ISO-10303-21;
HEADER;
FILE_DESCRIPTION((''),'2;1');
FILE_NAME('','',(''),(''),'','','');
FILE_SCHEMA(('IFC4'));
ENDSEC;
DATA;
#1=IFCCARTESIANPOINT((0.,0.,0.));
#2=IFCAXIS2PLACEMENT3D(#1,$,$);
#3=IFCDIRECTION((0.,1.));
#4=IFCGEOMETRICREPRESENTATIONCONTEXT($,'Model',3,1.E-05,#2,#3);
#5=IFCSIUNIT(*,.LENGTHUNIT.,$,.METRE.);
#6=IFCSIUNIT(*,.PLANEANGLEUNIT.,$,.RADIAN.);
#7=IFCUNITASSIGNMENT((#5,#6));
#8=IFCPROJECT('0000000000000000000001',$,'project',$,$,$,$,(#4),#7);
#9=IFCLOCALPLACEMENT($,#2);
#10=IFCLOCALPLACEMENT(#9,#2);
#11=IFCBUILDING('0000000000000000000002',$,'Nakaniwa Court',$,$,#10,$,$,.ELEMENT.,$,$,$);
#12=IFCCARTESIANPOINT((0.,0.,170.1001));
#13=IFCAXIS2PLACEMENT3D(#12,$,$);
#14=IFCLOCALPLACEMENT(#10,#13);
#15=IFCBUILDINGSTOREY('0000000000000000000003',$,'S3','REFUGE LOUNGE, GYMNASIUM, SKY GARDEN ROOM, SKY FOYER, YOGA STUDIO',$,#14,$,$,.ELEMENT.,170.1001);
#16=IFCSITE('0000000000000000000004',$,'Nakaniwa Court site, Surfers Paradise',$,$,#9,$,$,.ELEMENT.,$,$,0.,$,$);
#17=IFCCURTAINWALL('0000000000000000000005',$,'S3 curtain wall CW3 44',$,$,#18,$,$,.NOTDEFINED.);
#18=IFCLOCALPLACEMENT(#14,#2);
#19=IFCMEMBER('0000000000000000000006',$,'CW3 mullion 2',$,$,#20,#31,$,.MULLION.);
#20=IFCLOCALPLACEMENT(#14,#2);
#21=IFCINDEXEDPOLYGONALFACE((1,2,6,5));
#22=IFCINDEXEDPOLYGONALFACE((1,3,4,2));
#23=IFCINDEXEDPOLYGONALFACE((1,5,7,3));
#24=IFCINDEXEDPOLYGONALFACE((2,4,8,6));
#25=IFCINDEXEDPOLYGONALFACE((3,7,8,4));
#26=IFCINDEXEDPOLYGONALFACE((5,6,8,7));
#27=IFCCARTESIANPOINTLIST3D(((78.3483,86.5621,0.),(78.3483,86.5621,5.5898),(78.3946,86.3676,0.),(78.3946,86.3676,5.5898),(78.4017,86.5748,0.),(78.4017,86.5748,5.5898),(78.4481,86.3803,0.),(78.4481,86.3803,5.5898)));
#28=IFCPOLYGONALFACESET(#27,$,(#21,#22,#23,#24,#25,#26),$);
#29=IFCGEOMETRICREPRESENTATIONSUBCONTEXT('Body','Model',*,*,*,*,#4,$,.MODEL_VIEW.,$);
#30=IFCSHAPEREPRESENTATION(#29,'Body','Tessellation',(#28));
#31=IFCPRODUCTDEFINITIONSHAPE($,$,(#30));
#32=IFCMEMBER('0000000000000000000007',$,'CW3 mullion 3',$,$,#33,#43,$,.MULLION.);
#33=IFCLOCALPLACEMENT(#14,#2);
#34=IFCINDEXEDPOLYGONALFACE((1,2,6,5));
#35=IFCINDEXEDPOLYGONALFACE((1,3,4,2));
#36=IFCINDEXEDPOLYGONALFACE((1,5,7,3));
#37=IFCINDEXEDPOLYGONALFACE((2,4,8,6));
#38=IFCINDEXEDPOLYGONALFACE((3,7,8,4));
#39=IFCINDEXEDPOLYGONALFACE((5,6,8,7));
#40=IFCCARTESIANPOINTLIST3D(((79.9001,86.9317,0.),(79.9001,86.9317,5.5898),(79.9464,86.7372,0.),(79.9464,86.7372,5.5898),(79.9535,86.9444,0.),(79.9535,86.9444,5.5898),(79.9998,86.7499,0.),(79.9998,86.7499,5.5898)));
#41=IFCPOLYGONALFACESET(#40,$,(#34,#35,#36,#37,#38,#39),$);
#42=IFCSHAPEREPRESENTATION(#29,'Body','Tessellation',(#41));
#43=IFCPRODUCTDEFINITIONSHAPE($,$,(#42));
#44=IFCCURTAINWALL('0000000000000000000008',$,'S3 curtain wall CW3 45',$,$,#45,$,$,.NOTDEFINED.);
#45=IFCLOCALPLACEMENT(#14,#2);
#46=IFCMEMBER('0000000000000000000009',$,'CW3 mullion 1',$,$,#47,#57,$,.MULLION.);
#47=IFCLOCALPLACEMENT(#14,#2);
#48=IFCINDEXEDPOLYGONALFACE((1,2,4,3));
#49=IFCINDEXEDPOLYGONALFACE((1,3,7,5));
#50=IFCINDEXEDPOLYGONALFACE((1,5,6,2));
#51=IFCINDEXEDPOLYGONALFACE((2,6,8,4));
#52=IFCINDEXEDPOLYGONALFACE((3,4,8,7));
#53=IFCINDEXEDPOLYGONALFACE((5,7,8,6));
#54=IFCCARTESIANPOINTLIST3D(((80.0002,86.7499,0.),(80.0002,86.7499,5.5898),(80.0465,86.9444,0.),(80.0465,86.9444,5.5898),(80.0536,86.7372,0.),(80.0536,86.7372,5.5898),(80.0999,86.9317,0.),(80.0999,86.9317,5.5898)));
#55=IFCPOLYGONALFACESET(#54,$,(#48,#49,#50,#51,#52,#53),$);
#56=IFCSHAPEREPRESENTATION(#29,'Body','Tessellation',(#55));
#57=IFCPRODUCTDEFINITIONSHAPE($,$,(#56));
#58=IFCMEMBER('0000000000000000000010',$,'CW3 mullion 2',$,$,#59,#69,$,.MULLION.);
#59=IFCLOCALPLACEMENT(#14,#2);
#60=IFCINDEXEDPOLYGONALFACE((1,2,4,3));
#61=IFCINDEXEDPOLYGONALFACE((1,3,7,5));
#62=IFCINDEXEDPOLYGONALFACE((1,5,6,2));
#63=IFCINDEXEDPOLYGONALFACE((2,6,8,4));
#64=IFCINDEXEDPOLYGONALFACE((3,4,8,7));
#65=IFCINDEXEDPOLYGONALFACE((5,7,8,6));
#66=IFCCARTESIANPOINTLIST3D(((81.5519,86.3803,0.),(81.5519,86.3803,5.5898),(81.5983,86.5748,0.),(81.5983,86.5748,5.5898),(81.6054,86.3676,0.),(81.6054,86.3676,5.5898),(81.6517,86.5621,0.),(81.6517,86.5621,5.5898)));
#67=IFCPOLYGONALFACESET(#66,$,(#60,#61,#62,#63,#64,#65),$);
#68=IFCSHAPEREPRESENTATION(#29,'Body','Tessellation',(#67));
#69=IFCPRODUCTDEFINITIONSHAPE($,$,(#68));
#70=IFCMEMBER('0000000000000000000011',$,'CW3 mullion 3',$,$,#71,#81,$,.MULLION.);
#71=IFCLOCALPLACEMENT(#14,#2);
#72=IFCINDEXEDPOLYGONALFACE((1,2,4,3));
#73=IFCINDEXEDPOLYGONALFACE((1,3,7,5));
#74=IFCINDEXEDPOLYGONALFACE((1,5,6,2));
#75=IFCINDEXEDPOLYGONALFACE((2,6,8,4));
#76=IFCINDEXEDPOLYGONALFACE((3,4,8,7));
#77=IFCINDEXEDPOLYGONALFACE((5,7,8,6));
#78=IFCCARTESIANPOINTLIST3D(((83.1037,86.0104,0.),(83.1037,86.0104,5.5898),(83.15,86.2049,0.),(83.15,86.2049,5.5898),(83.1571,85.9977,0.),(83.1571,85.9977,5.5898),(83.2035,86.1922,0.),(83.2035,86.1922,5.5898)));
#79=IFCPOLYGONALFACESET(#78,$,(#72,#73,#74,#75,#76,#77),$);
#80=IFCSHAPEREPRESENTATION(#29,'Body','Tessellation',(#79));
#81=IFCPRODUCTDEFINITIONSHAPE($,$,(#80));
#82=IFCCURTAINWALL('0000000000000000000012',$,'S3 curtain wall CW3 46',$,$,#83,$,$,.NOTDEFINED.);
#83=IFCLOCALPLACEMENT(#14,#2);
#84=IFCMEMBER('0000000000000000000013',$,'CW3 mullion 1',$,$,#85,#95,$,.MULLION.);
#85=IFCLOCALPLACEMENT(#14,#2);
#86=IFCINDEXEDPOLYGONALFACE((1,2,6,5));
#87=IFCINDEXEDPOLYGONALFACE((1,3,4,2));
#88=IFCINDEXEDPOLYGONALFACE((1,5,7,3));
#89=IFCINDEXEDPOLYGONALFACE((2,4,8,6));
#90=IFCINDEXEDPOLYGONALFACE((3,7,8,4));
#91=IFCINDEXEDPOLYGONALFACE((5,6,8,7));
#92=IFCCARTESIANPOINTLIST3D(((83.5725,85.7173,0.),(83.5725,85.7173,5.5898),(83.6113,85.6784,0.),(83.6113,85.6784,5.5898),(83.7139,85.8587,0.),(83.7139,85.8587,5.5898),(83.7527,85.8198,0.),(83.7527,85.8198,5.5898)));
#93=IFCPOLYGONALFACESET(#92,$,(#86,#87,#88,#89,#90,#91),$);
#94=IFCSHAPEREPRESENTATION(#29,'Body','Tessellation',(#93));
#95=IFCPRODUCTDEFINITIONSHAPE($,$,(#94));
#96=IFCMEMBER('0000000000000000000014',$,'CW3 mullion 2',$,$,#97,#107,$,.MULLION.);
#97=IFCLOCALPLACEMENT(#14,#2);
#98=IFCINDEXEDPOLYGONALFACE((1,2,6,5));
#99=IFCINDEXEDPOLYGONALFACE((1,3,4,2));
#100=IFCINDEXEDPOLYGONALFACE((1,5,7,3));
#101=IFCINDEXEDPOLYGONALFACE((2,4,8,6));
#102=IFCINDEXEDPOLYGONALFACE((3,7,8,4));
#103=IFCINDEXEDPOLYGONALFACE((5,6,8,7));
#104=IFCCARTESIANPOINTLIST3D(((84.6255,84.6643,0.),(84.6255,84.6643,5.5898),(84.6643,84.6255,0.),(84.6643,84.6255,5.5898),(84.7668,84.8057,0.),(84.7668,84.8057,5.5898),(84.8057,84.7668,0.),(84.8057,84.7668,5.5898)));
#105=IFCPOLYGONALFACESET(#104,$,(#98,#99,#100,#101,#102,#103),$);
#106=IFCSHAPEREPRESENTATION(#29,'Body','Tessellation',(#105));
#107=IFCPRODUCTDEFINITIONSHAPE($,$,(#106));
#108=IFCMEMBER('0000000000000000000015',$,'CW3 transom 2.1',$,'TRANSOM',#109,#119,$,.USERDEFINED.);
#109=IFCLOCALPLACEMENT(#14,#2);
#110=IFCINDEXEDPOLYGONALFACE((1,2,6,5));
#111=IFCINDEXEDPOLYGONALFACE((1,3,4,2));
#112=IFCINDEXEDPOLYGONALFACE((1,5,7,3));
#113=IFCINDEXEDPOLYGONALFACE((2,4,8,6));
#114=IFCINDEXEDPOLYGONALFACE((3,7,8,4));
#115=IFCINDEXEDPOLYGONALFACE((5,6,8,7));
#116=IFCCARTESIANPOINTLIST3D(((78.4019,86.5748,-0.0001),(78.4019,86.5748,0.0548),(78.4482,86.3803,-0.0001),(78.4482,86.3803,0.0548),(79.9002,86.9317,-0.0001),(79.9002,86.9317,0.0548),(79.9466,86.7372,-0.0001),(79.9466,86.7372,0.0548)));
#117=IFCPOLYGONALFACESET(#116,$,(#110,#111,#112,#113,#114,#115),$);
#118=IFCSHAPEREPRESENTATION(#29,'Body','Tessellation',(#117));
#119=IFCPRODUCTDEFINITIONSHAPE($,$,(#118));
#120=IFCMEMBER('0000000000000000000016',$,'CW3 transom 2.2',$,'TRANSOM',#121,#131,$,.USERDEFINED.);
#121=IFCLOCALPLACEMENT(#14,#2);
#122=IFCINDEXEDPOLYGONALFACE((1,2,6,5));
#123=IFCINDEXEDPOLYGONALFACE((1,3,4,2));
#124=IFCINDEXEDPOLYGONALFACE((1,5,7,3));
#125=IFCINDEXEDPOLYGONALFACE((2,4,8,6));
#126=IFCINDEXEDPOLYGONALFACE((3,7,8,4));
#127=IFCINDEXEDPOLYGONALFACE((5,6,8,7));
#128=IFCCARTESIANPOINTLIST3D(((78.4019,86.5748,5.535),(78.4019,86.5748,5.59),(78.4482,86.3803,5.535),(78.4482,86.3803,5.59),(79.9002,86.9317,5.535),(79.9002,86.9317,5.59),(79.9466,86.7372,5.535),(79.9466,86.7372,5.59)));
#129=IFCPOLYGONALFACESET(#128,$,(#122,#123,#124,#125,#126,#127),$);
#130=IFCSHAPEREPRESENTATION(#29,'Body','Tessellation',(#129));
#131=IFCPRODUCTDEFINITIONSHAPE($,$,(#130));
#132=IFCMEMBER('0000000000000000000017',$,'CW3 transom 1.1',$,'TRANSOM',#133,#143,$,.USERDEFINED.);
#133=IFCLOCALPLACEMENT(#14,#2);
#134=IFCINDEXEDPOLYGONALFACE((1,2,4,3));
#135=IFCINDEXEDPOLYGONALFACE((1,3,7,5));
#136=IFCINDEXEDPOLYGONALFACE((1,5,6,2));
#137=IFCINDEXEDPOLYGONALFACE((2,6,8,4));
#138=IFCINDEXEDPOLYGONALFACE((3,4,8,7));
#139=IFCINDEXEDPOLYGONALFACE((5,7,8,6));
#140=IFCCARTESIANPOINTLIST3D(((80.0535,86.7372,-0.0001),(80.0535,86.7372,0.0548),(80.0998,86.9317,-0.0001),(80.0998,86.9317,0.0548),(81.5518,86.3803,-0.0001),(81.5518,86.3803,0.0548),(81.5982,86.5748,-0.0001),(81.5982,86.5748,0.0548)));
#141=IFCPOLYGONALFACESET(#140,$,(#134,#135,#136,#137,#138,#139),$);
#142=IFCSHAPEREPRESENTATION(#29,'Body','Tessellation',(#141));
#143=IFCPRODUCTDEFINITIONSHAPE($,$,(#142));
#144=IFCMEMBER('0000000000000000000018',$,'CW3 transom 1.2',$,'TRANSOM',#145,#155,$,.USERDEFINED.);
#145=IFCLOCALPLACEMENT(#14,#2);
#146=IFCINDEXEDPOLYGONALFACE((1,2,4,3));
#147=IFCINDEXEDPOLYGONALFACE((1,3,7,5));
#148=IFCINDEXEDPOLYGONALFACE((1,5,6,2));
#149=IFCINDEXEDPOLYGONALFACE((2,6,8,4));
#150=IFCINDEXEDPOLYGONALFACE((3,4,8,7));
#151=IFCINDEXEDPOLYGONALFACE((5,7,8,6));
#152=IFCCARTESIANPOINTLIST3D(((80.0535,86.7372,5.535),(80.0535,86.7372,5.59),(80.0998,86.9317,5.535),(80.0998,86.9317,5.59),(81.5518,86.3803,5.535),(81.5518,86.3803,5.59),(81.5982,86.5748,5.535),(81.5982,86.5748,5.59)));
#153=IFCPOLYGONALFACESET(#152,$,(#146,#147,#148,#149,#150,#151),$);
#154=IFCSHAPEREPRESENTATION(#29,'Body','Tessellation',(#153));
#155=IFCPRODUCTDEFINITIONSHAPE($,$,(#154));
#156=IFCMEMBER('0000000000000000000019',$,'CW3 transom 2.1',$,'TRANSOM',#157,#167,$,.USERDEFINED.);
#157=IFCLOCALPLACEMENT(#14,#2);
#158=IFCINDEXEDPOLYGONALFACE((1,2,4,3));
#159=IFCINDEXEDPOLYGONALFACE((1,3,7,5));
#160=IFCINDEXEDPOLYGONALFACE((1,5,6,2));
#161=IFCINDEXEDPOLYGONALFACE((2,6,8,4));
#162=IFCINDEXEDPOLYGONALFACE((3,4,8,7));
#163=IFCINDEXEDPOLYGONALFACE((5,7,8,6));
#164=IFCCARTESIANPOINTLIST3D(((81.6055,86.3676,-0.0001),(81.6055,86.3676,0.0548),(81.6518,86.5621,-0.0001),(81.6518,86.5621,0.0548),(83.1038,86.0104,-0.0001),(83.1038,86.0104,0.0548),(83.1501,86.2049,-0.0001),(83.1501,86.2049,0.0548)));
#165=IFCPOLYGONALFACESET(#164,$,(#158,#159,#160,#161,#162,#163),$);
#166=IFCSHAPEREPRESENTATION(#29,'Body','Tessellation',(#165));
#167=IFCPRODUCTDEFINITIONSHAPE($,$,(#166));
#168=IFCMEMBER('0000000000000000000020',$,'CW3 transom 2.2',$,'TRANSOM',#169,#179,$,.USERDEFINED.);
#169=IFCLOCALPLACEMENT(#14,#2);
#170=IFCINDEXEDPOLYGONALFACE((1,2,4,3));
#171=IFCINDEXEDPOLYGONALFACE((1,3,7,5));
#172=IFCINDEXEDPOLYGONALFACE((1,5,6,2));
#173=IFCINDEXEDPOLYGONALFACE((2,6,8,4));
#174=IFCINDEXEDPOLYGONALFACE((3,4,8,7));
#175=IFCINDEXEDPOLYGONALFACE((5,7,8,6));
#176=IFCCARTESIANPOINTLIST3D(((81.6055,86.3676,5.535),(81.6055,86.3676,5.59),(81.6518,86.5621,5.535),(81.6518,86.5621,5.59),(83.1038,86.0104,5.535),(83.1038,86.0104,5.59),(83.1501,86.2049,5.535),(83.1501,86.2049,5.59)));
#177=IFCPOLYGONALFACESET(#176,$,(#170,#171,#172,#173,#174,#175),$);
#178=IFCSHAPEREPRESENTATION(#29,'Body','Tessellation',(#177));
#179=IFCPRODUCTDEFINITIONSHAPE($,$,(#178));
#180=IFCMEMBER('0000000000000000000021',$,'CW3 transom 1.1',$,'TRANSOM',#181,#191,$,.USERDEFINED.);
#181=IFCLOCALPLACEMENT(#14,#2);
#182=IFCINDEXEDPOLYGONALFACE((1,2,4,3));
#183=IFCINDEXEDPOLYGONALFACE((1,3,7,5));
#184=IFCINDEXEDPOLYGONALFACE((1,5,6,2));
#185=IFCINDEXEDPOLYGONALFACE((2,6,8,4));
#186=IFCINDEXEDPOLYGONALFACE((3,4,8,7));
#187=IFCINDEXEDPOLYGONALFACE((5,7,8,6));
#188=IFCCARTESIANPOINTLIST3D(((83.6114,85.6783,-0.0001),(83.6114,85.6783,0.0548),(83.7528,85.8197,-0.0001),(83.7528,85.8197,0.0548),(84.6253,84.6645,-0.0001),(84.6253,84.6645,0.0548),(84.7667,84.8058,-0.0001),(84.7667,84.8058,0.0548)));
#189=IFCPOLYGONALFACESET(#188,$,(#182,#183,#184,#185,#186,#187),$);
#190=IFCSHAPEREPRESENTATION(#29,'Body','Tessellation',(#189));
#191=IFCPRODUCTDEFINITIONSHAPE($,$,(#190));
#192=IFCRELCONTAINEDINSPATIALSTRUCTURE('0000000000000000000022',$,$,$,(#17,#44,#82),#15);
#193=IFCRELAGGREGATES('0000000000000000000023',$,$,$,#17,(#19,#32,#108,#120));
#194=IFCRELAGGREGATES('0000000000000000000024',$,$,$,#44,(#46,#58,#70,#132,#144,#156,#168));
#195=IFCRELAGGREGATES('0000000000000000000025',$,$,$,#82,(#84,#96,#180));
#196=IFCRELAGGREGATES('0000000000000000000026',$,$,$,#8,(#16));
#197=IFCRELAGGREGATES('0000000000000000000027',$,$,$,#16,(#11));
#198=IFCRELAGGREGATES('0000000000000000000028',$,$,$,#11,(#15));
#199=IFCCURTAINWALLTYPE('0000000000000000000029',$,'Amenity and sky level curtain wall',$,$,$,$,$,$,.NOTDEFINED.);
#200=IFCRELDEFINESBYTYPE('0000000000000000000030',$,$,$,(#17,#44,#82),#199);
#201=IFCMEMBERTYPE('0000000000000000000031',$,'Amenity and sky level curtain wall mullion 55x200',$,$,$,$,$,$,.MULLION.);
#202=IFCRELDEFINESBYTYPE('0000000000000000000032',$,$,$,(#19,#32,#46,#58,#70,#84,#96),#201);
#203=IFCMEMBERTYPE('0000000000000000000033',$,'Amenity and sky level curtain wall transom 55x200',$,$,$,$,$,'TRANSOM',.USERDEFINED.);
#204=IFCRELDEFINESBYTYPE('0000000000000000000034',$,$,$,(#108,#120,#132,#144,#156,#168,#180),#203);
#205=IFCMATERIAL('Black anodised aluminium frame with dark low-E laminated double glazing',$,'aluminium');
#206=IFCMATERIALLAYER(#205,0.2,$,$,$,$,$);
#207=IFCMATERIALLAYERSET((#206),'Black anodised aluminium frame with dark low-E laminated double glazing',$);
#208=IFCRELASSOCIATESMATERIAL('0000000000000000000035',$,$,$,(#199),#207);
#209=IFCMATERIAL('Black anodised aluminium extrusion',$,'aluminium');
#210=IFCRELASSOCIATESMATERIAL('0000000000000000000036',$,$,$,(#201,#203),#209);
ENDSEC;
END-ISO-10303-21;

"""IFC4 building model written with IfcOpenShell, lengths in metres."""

from ifc_helpers import new_model, si_unit, direction, frame, origin, origin_2d, place, context, subcontext, project, spatial, rectangle, extrude, material, layer, layer_set, material_profile, profile_set, type_object, element, aggregate, save


model = new_model("IFC4")

# Units and contexts
model_context = context("Model", 3, precision=1e-05, world=origin(), true_north=direction((0.0, 1.0)))
body_context = subcontext(model_context, "Body", "Model", "MODEL_VIEW")
ifc_project = project(units=[si_unit("LENGTHUNIT", "METRE"), si_unit("PLANEANGLEUNIT", "RADIAN")], contexts=[model_context])

# Site, building, storey
site_placement = place(None, origin())
site = spatial("IfcSite", under=ifc_project, at=site_placement, Name="Nakaniwa Court site, Surfers Paradise", CompositionType="ELEMENT", RefElevation=0.0)
building_placement = place(site_placement, origin())
building = spatial("IfcBuilding", under=site, at=building_placement, Name="Nakaniwa Court", CompositionType="ELEMENT")
storey_placement = place(building_placement, frame((0.0, 0.0, 170.1001)))
storey = spatial("IfcBuildingStorey", under=building, at=storey_placement, Name="S3", Description="REFUGE LOUNGE, GYMNASIUM, SKY GARDEN ROOM, SKY FOYER, YOGA STUDIO", CompositionType="ELEMENT", Elevation=170.1001)

# Curtain walls, members
ifc_material_1 = material(Name="Black anodised aluminium frame with dark low-E laminated double glazing", Category="aluminium")
ifc_layer_1 = layer(ifc_material_1, 0.2)
ifc_layer_set_1 = layer_set([ifc_layer_1], Name="Black anodised aluminium frame with dark low-E laminated double glazing")
curtain_wall_type = type_object("IfcCurtainWallType", Name="Amenity and sky level curtain wall", PredefinedType="NOTDEFINED", material=ifc_layer_set_1)
curtain_wall_1_placement = place(storey_placement, origin())
curtain_wall_1 = element("IfcCurtainWall", 1, at=curtain_wall_1_placement, inside=storey, type_object=curtain_wall_type, Name="S3 curtain wall CW3 44", PredefinedType="NOTDEFINED")
ifc_material_2 = material(Name="Black anodised aluminium extrusion", Category="aluminium")
ifc_material_profile_1 = material_profile(ifc_material_2, rectangle(XDim=0.2, YDim=0.0549, at=origin_2d()), Name="Amenity and sky level curtain wall mullion 55x200")
ifc_profile_set_1 = profile_set([ifc_material_profile_1], Name="Black anodised aluminium extrusion")
member_type_1 = type_object("IfcMemberType", Name="Amenity and sky level curtain wall mullion 55x200", PredefinedType="MULLION", material=ifc_profile_set_1)
member_1_placement = place(storey_placement, frame((78.3982, 86.4712, 0.0), z_axis=(0.0, 0.0, 1.0), x_axis=(-0.231791, 0.972766, 0.0)))
member_1 = element("IfcMember", 2, at=member_1_placement, type_object=member_type_1, Name="CW3 mullion 2", PredefinedType="MULLION", context=body_context, shape_type="SweptSolid", body=[
    extrude(rectangle(XDim=0.2, YDim=0.0549, at=origin_2d()), origin(), (0.0, 0.0, 1.0), 5.5898),
])
member_2_placement = place(storey_placement, frame((79.95, 86.8408, 0.0), z_axis=(0.0, 0.0, 1.0), x_axis=(-0.231791, 0.972766, 0.0)))
member_2 = element("IfcMember", 3, at=member_2_placement, type_object=member_type_1, Name="CW3 mullion 3", PredefinedType="MULLION", context=body_context, shape_type="SweptSolid", body=[
    extrude(rectangle(XDim=0.2, YDim=0.0549, at=origin_2d()), origin(), (0.0, 0.0, 1.0), 5.5898),
])
curtain_wall_2_placement = place(storey_placement, origin())
curtain_wall_2 = element("IfcCurtainWall", 4, at=curtain_wall_2_placement, inside=storey, type_object=curtain_wall_type, Name="S3 curtain wall CW3 45", PredefinedType="NOTDEFINED")
member_3_placement = place(storey_placement, frame((80.05, 86.8408, 0.0), z_axis=(0.0, 0.0, 1.0), x_axis=(0.231791, 0.972766, 0.0)))
member_3 = element("IfcMember", 5, at=member_3_placement, type_object=member_type_1, Name="CW3 mullion 1", PredefinedType="MULLION", context=body_context, shape_type="SweptSolid", body=[
    extrude(rectangle(XDim=0.2, YDim=0.0549, at=origin_2d()), origin(), (0.0, 0.0, 1.0), 5.5898),
])
member_4_placement = place(storey_placement, frame((81.6018, 86.4712, 0.0), z_axis=(0.0, 0.0, 1.0), x_axis=(0.231791, 0.972766, 0.0)))
member_4 = element("IfcMember", 6, at=member_4_placement, type_object=member_type_1, Name="CW3 mullion 2", PredefinedType="MULLION", context=body_context, shape_type="SweptSolid", body=[
    extrude(rectangle(XDim=0.2, YDim=0.0549, at=origin_2d()), origin(), (0.0, 0.0, 1.0), 5.5898),
])
member_5_placement = place(storey_placement, frame((83.1536, 86.1013, 0.0), z_axis=(0.0, 0.0, 1.0), x_axis=(0.231791, 0.972766, 0.0)))
member_5 = element("IfcMember", 7, at=member_5_placement, type_object=member_type_1, Name="CW3 mullion 3", PredefinedType="MULLION", context=body_context, shape_type="SweptSolid", body=[
    extrude(rectangle(XDim=0.2, YDim=0.0549, at=origin_2d()), origin(), (0.0, 0.0, 1.0), 5.5898),
])
curtain_wall_3_placement = place(storey_placement, origin())
curtain_wall_3 = element("IfcCurtainWall", 8, at=curtain_wall_3_placement, inside=storey, type_object=curtain_wall_type, Name="S3 curtain wall CW3 46", PredefinedType="NOTDEFINED")
member_6_placement = place(storey_placement, frame((83.6626, 85.7686, 0.0), z_axis=(0.0, 0.0, 1.0), x_axis=(0.707107, 0.707107, 0.0)))
member_6 = element("IfcMember", 9, at=member_6_placement, type_object=member_type_1, Name="CW3 mullion 1", PredefinedType="MULLION", context=body_context, shape_type="SweptSolid", body=[
    extrude(rectangle(XDim=0.2, YDim=0.0549, at=origin_2d()), origin(), (0.0, 0.0, 1.0), 5.5898),
])
member_7_placement = place(storey_placement, frame((84.7156, 84.7156, 0.0), z_axis=(0.0, 0.0, 1.0), x_axis=(0.707107, 0.707107, 0.0)))
member_7 = element("IfcMember", 10, at=member_7_placement, type_object=member_type_1, Name="CW3 mullion 2", PredefinedType="MULLION", context=body_context, shape_type="SweptSolid", body=[
    extrude(rectangle(XDim=0.2, YDim=0.0549, at=origin_2d()), origin(), (0.0, 0.0, 1.0), 5.5898),
])

# Members
ifc_material_profile_2 = material_profile(ifc_material_2, rectangle(XDim=0.2, YDim=0.0549, at=origin_2d()), Name="Amenity and sky level curtain wall transom 55x200")
ifc_profile_set_2 = profile_set([ifc_material_profile_2], Name="Black anodised aluminium extrusion")
member_type_2 = type_object("IfcMemberType", Name="Amenity and sky level curtain wall transom 55x200", ElementType="TRANSOM", PredefinedType="USERDEFINED", material=ifc_profile_set_2)
member_8_placement = place(storey_placement, frame((78.425, 86.4775, 0.0273), z_axis=(0.972777, 0.231742, 0.0), x_axis=(-0.231742, 0.972777, 0.0)))
member_8 = element("IfcMember", 11, at=member_8_placement, type_object=member_type_2, Name="CW3 transom 2.1", ObjectType="TRANSOM", PredefinedType="USERDEFINED", context=body_context, shape_type="SweptSolid", body=[
    extrude(rectangle(XDim=0.2, YDim=0.0549, at=origin_2d()), origin(), (0.0, 0.0, 1.0), 1.5403),
])
member_9_placement = place(storey_placement, frame((78.425, 86.4775, 5.5625), z_axis=(0.972777, 0.231742, 0.0), x_axis=(-0.231742, 0.972777, 0.0)))
member_9 = element("IfcMember", 12, at=member_9_placement, type_object=member_type_2, Name="CW3 transom 2.2", ObjectType="TRANSOM", PredefinedType="USERDEFINED", context=body_context, shape_type="SweptSolid", body=[
    extrude(rectangle(XDim=0.2, YDim=0.0549, at=origin_2d()), origin(), (0.0, 0.0, 1.0), 1.5403),
])
member_10_placement = place(storey_placement, frame((80.0767, 86.8345, 0.0273), z_axis=(0.972777, -0.231742, 0.0), x_axis=(0.231742, 0.972777, 0.0)))
member_10 = element("IfcMember", 13, at=member_10_placement, type_object=member_type_2, Name="CW3 transom 1.1", ObjectType="TRANSOM", PredefinedType="USERDEFINED", context=body_context, shape_type="SweptSolid", body=[
    extrude(rectangle(XDim=0.2, YDim=0.0549, at=origin_2d()), origin(), (0.0, 0.0, 1.0), 1.5403),
])
member_11_placement = place(storey_placement, frame((80.0767, 86.8345, 5.5625), z_axis=(0.972777, -0.231742, 0.0), x_axis=(0.231742, 0.972777, 0.0)))
member_11 = element("IfcMember", 14, at=member_11_placement, type_object=member_type_2, Name="CW3 transom 1.2", ObjectType="TRANSOM", PredefinedType="USERDEFINED", context=body_context, shape_type="SweptSolid", body=[
    extrude(rectangle(XDim=0.2, YDim=0.0549, at=origin_2d()), origin(), (0.0, 0.0, 1.0), 1.5403),
])
member_12_placement = place(storey_placement, frame((81.6287, 86.4648, 0.0273), z_axis=(0.972742, -0.231892, 0.0), x_axis=(0.231892, 0.972742, 0.0)))
member_12 = element("IfcMember", 15, at=member_12_placement, type_object=member_type_2, Name="CW3 transom 2.1", ObjectType="TRANSOM", PredefinedType="USERDEFINED", context=body_context, shape_type="SweptSolid", body=[
    extrude(rectangle(XDim=0.2, YDim=0.0549, at=origin_2d()), origin(), (0.0, 0.0, 1.0), 1.5403),
])
member_13_placement = place(storey_placement, frame((81.6287, 86.4648, 5.5625), z_axis=(0.972742, -0.231892, 0.0), x_axis=(0.231892, 0.972742, 0.0)))
member_13 = element("IfcMember", 16, at=member_13_placement, type_object=member_type_2, Name="CW3 transom 2.2", ObjectType="TRANSOM", PredefinedType="USERDEFINED", context=body_context, shape_type="SweptSolid", body=[
    extrude(rectangle(XDim=0.2, YDim=0.0549, at=origin_2d()), origin(), (0.0, 0.0, 1.0), 1.5403),
])
member_14_placement = place(storey_placement, frame((83.6821, 85.749, 0.0273), z_axis=(0.707107, -0.707107, 0.0), x_axis=(0.707107, 0.707107, 0.0)))
member_14 = element("IfcMember", 17, at=member_14_placement, type_object=member_type_2, Name="CW3 transom 1.1", ObjectType="TRANSOM", PredefinedType="USERDEFINED", context=body_context, shape_type="SweptSolid", body=[
    extrude(rectangle(XDim=0.2, YDim=0.0549, at=origin_2d()), origin(), (0.0, 0.0, 1.0), 1.4338),
])

aggregate(curtain_wall_1, [member_1, member_2, member_8, member_9])
aggregate(curtain_wall_2, [member_3, member_4, member_5, member_10, member_11, member_12, member_13])
aggregate(curtain_wall_3, [member_6, member_7, member_14])

save(model, "model.ifc")
